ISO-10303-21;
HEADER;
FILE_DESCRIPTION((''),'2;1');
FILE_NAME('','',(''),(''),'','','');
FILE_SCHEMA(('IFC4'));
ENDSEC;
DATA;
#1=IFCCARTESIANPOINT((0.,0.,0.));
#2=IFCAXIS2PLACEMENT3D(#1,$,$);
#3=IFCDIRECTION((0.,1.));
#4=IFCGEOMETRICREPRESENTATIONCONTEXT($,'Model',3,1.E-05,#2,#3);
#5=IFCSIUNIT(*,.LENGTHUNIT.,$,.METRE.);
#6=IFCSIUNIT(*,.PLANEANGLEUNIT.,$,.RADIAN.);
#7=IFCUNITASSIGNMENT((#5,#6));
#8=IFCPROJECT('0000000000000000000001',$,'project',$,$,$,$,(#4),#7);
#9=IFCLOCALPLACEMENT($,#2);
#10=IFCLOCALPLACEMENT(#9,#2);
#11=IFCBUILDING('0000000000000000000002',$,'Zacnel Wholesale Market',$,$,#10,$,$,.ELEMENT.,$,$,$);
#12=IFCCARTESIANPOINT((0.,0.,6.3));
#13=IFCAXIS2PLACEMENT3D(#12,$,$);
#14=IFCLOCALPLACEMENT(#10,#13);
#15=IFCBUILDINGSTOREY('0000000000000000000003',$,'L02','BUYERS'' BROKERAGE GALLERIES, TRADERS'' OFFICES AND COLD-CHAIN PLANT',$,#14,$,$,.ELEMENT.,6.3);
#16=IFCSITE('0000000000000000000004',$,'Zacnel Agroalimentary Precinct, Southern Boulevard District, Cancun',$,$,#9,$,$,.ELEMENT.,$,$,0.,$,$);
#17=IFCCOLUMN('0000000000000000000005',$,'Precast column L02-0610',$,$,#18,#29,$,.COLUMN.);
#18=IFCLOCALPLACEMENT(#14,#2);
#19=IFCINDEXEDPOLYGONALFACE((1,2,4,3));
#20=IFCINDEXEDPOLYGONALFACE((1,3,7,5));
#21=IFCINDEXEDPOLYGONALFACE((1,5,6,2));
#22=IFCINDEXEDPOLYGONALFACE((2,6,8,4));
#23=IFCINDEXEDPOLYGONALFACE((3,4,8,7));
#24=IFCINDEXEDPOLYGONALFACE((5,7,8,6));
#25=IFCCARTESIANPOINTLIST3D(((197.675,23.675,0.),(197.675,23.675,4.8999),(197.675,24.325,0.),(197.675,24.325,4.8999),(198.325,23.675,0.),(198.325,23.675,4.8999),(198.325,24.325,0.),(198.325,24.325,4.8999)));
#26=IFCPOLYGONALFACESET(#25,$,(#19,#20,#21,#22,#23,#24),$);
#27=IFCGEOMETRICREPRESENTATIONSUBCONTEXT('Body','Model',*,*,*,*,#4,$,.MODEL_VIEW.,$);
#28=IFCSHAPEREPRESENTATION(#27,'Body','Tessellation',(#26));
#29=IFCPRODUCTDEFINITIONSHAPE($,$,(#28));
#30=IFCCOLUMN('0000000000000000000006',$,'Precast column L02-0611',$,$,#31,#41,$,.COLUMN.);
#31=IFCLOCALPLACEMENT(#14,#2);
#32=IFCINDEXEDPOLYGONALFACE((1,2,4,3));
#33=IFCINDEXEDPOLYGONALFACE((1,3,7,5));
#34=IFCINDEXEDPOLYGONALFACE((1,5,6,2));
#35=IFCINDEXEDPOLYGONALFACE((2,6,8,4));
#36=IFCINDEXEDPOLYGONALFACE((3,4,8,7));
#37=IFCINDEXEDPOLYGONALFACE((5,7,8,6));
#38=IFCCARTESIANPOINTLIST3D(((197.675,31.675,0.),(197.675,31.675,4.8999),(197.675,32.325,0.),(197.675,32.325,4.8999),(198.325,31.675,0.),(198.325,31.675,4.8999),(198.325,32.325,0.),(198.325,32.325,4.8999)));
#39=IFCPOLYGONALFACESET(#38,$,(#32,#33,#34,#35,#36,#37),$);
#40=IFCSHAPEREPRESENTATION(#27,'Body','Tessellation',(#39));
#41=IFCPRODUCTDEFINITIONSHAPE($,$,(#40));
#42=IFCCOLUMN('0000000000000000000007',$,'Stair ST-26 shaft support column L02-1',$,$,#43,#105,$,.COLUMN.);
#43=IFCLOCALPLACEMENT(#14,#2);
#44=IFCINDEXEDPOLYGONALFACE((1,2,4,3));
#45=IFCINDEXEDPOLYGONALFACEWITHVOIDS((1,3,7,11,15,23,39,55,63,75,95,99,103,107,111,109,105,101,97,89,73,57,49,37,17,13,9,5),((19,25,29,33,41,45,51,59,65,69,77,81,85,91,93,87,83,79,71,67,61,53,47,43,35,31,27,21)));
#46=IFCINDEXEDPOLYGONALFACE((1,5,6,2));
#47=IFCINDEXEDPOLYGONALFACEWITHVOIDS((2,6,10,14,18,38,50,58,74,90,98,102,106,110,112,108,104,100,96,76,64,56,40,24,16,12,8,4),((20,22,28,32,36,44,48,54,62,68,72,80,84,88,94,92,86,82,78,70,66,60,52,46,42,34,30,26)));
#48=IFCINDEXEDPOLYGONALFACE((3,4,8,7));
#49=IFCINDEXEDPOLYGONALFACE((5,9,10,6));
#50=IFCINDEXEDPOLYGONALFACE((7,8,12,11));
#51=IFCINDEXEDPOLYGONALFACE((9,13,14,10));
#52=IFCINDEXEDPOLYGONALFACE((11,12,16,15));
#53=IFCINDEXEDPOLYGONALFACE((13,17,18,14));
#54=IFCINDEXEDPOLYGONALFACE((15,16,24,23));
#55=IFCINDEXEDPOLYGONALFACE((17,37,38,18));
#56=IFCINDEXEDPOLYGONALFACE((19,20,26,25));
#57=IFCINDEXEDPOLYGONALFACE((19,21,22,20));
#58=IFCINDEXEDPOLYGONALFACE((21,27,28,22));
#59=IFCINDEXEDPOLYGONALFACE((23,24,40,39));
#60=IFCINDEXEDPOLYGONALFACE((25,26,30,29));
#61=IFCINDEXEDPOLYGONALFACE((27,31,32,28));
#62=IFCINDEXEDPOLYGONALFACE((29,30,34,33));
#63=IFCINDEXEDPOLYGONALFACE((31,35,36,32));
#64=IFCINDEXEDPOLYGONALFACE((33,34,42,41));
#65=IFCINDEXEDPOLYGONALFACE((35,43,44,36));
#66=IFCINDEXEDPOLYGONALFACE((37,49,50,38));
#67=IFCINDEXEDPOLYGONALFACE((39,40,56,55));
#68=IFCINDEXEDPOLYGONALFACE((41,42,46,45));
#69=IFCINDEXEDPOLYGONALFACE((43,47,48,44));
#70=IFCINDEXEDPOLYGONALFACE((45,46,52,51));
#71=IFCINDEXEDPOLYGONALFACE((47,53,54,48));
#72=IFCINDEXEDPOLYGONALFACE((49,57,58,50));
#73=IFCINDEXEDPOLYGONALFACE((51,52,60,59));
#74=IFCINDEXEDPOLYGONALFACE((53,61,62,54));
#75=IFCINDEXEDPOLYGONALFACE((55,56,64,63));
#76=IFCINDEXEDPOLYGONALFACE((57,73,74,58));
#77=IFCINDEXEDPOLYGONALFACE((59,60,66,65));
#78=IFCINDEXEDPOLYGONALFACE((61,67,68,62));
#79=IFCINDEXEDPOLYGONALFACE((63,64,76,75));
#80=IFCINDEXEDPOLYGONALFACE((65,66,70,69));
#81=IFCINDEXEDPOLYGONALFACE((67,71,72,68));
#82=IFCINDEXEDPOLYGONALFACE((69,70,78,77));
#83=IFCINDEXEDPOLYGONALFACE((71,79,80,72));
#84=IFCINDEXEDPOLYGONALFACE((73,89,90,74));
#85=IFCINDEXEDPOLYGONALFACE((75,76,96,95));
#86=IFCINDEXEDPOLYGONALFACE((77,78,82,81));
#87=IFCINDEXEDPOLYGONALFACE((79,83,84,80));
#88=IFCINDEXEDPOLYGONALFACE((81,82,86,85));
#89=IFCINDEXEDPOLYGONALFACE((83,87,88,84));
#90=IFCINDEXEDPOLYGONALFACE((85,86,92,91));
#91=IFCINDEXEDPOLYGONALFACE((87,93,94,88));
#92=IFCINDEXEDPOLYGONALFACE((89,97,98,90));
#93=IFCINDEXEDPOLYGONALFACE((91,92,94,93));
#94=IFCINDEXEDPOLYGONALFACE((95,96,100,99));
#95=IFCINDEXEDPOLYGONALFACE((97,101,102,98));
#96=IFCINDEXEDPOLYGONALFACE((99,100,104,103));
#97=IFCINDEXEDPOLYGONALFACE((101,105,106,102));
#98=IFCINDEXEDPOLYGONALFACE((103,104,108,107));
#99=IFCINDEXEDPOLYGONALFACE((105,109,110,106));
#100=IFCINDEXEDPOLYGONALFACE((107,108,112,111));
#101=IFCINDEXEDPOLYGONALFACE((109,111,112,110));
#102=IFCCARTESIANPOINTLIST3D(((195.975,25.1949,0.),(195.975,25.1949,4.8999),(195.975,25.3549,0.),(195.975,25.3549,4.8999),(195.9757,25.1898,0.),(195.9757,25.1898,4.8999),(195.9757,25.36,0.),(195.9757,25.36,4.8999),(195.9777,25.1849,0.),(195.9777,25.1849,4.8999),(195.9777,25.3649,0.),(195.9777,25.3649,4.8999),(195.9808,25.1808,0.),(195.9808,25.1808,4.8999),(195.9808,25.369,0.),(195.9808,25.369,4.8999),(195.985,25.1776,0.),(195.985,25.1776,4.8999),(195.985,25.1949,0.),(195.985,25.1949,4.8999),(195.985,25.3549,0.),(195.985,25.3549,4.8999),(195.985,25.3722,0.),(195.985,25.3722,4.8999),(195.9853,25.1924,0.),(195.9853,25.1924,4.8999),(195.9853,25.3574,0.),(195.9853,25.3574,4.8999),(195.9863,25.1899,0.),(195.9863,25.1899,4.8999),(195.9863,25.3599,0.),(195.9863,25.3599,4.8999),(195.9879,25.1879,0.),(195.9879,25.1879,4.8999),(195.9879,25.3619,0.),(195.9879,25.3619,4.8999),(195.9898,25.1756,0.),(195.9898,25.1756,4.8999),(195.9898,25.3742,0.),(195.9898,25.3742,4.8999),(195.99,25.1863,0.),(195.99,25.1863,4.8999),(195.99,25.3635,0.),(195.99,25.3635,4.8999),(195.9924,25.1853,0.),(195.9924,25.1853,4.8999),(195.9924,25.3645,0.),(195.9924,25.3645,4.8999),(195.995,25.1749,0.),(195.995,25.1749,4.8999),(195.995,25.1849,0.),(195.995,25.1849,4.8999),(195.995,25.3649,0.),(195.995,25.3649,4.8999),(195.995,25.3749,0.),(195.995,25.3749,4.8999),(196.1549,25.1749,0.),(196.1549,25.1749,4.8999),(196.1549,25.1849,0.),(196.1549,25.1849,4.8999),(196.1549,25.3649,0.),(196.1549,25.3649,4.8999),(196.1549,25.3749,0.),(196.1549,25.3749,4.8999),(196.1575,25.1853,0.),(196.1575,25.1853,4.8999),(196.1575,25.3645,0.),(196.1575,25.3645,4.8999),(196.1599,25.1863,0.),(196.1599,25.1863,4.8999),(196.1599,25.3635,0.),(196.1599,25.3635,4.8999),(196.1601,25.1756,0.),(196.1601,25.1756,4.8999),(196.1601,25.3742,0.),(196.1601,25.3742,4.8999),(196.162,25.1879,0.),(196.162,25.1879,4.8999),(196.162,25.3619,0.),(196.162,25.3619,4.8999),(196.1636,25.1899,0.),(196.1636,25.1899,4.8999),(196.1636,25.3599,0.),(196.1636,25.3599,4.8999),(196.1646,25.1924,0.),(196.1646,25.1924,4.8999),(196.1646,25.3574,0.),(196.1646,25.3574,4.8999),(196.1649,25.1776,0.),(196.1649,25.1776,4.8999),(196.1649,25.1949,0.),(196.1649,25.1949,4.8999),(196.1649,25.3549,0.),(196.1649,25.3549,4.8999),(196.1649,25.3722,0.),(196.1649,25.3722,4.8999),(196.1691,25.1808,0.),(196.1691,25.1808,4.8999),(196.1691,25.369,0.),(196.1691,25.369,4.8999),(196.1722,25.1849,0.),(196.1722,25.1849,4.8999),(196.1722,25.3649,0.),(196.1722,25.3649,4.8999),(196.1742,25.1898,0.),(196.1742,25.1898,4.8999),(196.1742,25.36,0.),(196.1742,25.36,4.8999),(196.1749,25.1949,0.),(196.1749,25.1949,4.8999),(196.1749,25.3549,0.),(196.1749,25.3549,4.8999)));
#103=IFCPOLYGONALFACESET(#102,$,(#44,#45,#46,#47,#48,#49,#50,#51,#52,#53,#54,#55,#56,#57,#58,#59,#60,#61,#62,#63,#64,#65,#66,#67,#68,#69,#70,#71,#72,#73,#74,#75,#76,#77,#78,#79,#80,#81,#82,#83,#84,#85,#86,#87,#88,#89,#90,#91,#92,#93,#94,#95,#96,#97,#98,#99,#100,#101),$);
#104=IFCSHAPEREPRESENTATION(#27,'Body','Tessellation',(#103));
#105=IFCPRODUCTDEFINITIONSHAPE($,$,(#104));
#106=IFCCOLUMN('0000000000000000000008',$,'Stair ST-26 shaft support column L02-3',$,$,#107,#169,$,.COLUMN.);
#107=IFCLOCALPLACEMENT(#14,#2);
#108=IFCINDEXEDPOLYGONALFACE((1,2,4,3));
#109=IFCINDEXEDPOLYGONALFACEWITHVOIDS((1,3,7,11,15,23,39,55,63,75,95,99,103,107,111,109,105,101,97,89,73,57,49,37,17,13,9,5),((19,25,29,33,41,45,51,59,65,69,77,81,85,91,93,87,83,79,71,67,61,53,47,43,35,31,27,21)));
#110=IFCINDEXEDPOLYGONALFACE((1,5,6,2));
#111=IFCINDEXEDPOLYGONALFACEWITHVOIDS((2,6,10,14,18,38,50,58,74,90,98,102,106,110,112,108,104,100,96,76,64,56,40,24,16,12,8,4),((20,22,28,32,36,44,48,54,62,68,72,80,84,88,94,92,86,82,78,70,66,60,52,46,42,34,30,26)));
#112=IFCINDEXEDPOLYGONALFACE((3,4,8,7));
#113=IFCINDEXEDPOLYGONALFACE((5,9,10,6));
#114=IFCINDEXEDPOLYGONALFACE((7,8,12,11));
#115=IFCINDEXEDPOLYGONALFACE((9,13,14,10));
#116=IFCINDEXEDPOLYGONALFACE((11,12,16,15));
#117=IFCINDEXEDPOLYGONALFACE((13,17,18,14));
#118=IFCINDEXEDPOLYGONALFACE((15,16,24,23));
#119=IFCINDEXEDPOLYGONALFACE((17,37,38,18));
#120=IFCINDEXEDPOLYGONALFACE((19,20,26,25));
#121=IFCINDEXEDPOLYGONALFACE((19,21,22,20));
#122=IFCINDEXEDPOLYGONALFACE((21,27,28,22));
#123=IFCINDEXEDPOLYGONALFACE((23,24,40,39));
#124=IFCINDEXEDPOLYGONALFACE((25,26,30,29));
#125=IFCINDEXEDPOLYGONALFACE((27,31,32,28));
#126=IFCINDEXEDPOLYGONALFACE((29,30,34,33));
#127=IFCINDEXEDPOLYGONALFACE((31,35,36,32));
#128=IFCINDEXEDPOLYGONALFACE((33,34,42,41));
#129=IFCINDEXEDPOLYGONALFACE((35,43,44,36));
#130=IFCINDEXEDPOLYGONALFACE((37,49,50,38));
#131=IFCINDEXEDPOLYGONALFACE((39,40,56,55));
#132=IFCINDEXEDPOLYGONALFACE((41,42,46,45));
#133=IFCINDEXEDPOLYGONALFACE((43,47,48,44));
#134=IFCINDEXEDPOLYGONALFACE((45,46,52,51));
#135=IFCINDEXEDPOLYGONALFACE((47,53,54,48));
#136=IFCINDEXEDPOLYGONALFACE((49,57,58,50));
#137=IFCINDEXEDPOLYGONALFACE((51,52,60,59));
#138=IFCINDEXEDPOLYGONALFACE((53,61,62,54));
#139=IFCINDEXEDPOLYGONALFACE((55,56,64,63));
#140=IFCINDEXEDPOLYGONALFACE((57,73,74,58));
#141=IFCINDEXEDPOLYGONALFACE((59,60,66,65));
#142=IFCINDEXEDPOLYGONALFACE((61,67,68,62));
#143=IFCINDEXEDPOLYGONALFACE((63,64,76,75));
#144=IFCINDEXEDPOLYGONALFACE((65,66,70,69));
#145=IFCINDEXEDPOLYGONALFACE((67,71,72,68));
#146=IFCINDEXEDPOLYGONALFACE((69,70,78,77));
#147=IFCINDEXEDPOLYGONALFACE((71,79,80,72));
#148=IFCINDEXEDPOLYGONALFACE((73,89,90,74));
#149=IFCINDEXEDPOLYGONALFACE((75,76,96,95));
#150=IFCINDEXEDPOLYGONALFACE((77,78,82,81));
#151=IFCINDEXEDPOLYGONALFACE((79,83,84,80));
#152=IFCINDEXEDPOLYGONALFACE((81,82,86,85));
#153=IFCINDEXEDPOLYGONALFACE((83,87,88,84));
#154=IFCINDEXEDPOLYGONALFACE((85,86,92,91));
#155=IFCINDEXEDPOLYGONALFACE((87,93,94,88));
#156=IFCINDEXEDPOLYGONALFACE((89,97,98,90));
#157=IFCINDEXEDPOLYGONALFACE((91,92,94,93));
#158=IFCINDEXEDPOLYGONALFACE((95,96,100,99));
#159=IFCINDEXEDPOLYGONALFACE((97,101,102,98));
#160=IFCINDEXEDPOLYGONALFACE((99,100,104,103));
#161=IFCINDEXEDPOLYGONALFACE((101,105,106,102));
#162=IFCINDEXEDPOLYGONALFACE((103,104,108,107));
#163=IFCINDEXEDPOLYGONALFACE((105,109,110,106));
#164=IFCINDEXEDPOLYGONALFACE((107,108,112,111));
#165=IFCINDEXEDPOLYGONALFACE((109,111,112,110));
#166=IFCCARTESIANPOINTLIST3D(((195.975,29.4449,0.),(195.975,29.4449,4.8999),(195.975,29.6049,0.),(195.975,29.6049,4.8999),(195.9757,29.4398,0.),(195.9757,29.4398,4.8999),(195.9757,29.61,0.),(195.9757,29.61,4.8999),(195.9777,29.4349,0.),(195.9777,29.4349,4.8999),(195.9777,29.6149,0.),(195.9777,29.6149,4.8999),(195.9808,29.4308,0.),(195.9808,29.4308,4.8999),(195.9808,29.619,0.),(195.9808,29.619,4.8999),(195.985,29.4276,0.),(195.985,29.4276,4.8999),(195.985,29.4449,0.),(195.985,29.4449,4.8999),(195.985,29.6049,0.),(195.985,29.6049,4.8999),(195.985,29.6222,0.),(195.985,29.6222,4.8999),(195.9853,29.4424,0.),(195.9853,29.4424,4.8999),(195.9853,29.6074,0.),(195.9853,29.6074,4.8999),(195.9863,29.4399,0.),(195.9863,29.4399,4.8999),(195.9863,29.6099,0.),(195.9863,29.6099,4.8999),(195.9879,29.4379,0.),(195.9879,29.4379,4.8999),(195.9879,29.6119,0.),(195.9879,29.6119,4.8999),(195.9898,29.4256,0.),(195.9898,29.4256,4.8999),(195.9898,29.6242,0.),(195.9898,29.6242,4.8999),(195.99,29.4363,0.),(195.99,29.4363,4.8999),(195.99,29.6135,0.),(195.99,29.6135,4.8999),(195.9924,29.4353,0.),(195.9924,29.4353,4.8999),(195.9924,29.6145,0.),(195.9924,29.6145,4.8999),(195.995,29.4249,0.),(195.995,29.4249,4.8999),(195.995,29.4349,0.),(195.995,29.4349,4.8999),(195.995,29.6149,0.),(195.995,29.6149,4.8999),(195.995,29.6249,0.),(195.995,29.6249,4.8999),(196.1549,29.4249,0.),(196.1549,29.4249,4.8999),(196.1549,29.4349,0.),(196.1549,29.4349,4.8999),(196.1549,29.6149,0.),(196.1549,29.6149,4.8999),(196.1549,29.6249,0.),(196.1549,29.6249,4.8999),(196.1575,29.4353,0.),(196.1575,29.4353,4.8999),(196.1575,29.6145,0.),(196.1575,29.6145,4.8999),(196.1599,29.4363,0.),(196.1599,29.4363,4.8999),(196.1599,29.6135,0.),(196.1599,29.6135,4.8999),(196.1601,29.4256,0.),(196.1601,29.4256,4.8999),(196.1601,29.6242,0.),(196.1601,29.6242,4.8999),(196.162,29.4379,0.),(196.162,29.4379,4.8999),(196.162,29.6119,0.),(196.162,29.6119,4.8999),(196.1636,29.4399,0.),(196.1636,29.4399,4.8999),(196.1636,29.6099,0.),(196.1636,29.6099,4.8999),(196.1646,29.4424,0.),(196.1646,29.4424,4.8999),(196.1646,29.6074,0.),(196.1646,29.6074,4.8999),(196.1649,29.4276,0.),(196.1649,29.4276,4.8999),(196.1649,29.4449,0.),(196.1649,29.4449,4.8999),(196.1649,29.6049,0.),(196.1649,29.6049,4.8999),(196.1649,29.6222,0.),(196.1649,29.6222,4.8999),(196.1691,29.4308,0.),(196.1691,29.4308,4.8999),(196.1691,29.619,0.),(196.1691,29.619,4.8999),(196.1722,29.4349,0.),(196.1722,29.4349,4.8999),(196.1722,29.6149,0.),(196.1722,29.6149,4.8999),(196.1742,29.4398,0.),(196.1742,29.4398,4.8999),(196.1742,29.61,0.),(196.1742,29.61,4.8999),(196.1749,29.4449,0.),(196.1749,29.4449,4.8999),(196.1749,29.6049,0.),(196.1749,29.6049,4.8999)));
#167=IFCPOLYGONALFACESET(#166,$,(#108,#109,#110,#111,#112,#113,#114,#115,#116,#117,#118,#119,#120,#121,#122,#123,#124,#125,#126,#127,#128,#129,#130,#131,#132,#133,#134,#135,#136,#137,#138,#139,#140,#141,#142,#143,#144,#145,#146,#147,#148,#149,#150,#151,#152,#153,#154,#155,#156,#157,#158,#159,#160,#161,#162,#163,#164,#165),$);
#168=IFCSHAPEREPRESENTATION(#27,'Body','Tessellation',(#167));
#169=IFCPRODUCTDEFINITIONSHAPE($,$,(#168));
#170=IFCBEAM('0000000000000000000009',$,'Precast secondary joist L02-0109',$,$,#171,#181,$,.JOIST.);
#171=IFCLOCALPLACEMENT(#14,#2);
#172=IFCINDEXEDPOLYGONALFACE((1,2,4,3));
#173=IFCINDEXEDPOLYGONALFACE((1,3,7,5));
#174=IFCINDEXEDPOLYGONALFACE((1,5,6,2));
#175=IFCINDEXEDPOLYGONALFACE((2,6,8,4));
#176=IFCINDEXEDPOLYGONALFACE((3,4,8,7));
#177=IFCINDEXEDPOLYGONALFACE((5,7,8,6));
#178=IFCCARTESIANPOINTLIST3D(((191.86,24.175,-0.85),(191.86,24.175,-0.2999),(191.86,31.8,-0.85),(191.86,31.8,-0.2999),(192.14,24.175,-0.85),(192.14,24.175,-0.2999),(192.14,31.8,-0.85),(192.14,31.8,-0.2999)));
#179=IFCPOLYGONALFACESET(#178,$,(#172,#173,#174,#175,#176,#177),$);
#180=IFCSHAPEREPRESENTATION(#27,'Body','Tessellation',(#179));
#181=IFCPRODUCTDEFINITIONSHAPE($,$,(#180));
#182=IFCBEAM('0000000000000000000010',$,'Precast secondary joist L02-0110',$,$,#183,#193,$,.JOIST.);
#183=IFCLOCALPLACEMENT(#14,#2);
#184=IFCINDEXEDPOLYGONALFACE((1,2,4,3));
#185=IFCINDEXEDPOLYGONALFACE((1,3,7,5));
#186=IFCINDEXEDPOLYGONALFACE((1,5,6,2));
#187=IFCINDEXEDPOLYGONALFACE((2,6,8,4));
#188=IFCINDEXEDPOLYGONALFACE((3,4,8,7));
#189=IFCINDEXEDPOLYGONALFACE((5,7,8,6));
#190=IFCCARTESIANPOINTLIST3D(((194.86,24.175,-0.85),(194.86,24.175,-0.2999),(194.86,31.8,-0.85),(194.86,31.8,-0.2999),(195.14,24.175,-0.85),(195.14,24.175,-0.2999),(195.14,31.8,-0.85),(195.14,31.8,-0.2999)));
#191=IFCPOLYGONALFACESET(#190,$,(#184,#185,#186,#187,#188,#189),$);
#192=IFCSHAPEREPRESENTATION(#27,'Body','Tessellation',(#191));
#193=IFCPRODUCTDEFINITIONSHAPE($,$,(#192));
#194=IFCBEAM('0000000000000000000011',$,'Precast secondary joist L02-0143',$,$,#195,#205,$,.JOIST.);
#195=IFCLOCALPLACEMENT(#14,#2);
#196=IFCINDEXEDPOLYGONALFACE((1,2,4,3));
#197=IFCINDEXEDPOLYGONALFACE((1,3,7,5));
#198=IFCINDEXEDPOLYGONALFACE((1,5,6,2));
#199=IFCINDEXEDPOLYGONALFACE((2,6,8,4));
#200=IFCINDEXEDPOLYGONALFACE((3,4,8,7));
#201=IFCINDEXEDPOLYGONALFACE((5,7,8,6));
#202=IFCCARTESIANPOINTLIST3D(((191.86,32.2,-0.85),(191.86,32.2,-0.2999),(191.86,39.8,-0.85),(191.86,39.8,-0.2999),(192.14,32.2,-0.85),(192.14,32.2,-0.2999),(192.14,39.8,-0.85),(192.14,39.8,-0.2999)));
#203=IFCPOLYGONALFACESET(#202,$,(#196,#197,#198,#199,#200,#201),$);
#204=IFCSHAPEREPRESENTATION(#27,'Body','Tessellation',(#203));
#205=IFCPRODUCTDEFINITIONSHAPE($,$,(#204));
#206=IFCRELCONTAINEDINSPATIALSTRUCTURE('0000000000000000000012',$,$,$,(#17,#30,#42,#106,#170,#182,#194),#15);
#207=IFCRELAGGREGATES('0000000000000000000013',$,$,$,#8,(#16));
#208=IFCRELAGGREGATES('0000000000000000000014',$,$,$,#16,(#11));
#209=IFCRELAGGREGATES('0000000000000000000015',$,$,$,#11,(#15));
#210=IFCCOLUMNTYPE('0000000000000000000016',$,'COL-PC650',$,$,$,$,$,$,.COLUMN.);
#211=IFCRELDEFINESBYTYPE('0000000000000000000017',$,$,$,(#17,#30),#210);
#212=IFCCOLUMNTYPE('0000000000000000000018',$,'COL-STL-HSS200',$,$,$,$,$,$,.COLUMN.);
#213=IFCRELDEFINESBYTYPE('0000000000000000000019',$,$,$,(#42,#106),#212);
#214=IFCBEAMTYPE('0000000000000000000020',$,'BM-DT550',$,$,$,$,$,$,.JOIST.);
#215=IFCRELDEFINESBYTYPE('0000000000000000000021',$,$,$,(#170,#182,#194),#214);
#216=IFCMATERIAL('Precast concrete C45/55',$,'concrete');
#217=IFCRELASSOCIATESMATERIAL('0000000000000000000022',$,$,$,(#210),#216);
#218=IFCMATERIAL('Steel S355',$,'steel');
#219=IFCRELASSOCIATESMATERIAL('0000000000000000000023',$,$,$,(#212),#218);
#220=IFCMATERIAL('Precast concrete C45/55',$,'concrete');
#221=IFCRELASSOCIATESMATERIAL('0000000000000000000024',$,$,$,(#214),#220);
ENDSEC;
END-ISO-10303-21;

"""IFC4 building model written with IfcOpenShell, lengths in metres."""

from ifc_helpers import new_model, si_unit, direction, frame, origin, origin_2d, place, context, subcontext, project, spatial, rectangle, hollow_rectangle, extrude, material, material_profile, profile_set, type_object, element, save


model = new_model("IFC4")

# Units and contexts
model_context = context("Model", 3, precision=1e-05, world=origin(), true_north=direction((0.0, 1.0)))
body_context = subcontext(model_context, "Body", "Model", "MODEL_VIEW")
ifc_project = project(units=[si_unit("LENGTHUNIT", "METRE"), si_unit("PLANEANGLEUNIT", "RADIAN")], contexts=[model_context])

# Site, building, storey
site_placement = place(None, origin())
site = spatial("IfcSite", under=ifc_project, at=site_placement, Name="Zacnel Agroalimentary Precinct, Southern Boulevard District, Cancun", CompositionType="ELEMENT", RefElevation=0.0)
building_placement = place(site_placement, origin())
building = spatial("IfcBuilding", under=site, at=building_placement, Name="Zacnel Wholesale Market", CompositionType="ELEMENT")
storey_placement = place(building_placement, frame((0.0, 0.0, 6.3)))
storey = spatial("IfcBuildingStorey", under=building, at=storey_placement, Name="L02", Description="BUYERS' BROKERAGE GALLERIES, TRADERS' OFFICES AND COLD-CHAIN PLANT", CompositionType="ELEMENT", Elevation=6.3)

# Columns
ifc_material_1 = material(Name="Precast concrete C45/55", Category="concrete")
ifc_material_profile_1 = material_profile(ifc_material_1, rectangle(XDim=0.6499, YDim=0.6499, at=origin_2d()), Name="PC 650x650")
ifc_profile_set_1 = profile_set([ifc_material_profile_1], Name="Precast concrete C45/55")
column_type_1 = type_object("IfcColumnType", Name="COL-PC650", PredefinedType="COLUMN", material=ifc_profile_set_1)
for number, where, z_axis, x_axis, name in (
    (1, (198.0, 24.0, 0.0), (0.0, 0.0, 1.0), (1.0, 0.0, 0.0), "Precast column L02-0610"),
    (2, (198.0, 32.0, 0.0), (0.0, 0.0, 1.0), (1.0, 0.0, 0.0), "Precast column L02-0611"),
):
    element("IfcColumn", number, at=place(storey_placement, frame(where, z_axis=z_axis, x_axis=x_axis)), inside=storey, type_object=column_type_1, Name=name, PredefinedType="COLUMN", context=body_context, shape_type="SweptSolid", body=[
        extrude(rectangle(XDim=0.6499, YDim=0.6499, at=origin_2d()), origin(), (0.0, 0.0, 1.0), 4.8999),
    ])
ifc_material_2 = material(Name="Steel S355", Category="steel")
ifc_material_profile_2 = material_profile(ifc_material_2, hollow_rectangle(XDim=0.2, YDim=0.2, WallThickness=0.01, InnerFilletRadius=0.01, OuterFilletRadius=0.02, at=origin_2d()), Name="HSS 200x200x10")
ifc_profile_set_2 = profile_set([ifc_material_profile_2], Name="Steel S355")
column_type_2 = type_object("IfcColumnType", Name="COL-STL-HSS200", PredefinedType="COLUMN", material=ifc_profile_set_2)
for number, where, z_axis, x_axis, name in (
    (3, (196.075, 25.2749, 0.0), (0.0, 0.0, 1.0), (1.0, 0.0, 0.0), "Stair ST-26 shaft support column L02-1"),
    (4, (196.075, 29.5249, 0.0), (0.0, 0.0, 1.0), (1.0, 0.0, 0.0), "Stair ST-26 shaft support column L02-3"),
):
    element("IfcColumn", number, at=place(storey_placement, frame(where, z_axis=z_axis, x_axis=x_axis)), inside=storey, type_object=column_type_2, Name=name, PredefinedType="COLUMN", context=body_context, shape_type="SweptSolid", body=[
        extrude(hollow_rectangle(XDim=0.2, YDim=0.2, WallThickness=0.01, InnerFilletRadius=0.01, OuterFilletRadius=0.02, at=origin_2d()), origin(), (0.0, 0.0, 1.0), 4.8999),
    ])

# Beams
ifc_material_3 = material(Name="Precast concrete C45/55", Category="concrete")
ifc_material_profile_3 = material_profile(ifc_material_3, rectangle(XDim=0.28, YDim=0.55, at=origin_2d()), Name="DT RIB 280x550")
ifc_profile_set_3 = profile_set([ifc_material_profile_3], Name="Precast concrete C45/55")
beam_type_1 = type_object("IfcBeamType", Name="BM-DT550", PredefinedType="JOIST", material=ifc_profile_set_3)
for number, where, z_axis, x_axis, name in (
    (5, (192.0, 24.175, -0.575), (0.0, 1.0, 0.0), (-1.0, 0.0, 0.0), "Precast secondary joist L02-0109"),
    (6, (195.0, 24.175, -0.575), (0.0, 1.0, 0.0), (-1.0, 0.0, 0.0), "Precast secondary joist L02-0110"),
):
    element("IfcBeam", number, at=place(storey_placement, frame(where, z_axis=z_axis, x_axis=x_axis)), inside=storey, type_object=beam_type_1, Name=name, PredefinedType="JOIST", context=body_context, shape_type="SweptSolid", body=[
        extrude(rectangle(XDim=0.28, YDim=0.55, at=origin_2d()), origin(), (0.0, 0.0, 1.0), 7.625),
    ])
beam_1_placement = place(storey_placement, frame((192.0, 32.2, -0.575), z_axis=(0.0, 1.0, 0.0), x_axis=(-1.0, 0.0, 0.0)))
element("IfcBeam", 7, at=beam_1_placement, inside=storey, type_object=beam_type_1, Name="Precast secondary joist L02-0143", PredefinedType="JOIST", context=body_context, shape_type="SweptSolid", body=[
    extrude(rectangle(XDim=0.28, YDim=0.55, at=origin_2d()), origin(), (0.0, 0.0, 1.0), 7.6001),
])

save(model, "model.ifc")
